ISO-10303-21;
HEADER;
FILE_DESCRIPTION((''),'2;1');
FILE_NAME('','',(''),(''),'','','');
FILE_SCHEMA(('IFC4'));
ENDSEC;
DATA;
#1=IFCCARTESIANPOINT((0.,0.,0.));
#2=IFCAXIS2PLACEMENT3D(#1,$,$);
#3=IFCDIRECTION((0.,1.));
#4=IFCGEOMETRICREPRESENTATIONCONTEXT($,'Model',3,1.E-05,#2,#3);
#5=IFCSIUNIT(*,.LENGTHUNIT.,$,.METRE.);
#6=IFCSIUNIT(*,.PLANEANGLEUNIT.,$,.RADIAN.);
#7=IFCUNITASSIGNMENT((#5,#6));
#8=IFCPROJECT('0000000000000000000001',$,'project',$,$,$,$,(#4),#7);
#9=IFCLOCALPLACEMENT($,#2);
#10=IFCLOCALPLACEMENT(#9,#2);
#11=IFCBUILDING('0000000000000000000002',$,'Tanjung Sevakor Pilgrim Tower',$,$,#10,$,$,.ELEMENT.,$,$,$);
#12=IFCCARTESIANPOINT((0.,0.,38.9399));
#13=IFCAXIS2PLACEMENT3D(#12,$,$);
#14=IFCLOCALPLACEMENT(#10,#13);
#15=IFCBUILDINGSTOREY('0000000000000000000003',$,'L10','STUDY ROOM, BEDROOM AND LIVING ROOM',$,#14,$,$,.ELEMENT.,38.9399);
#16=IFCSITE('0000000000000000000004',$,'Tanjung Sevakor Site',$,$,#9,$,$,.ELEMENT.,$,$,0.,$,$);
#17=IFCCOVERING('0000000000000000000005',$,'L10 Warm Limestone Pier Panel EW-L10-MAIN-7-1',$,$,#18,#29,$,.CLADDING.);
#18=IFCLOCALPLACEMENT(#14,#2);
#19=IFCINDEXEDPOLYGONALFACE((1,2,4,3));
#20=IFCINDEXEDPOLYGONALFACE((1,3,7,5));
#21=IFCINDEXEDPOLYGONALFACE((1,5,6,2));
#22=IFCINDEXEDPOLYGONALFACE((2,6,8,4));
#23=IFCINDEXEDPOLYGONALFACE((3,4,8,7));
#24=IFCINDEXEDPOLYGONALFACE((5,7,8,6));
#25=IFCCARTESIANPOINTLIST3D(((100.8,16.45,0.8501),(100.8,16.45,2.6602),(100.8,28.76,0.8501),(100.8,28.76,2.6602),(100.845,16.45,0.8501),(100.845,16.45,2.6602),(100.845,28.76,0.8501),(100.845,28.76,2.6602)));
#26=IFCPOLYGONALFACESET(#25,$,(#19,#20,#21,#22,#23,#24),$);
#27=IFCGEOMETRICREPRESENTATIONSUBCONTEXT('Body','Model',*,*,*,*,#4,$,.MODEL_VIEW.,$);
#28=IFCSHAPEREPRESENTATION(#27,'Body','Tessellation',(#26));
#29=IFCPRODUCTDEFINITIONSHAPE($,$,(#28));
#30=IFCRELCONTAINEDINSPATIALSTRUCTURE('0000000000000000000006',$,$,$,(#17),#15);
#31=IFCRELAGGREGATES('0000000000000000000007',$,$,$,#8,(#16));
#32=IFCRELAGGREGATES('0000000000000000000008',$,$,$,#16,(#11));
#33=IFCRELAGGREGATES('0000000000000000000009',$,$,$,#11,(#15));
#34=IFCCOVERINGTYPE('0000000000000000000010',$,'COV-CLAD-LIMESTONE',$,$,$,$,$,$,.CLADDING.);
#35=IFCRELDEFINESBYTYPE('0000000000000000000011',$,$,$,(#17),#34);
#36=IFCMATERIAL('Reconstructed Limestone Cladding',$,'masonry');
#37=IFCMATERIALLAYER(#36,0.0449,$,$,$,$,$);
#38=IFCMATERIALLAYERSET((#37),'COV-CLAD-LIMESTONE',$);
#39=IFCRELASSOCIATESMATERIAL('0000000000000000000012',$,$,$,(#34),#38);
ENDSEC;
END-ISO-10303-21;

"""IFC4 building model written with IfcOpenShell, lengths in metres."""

from ifc_helpers import new_model, si_unit, direction, frame, origin, origin_2d, place, context, subcontext, project, spatial, rectangle, extrude, material, layer, layer_set, type_object, element, save


model = new_model("IFC4")

# Units and contexts
model_context = context("Model", 3, precision=1e-05, world=origin(), true_north=direction((0.0, 1.0)))
body_context = subcontext(model_context, "Body", "Model", "MODEL_VIEW")
ifc_project = project(units=[si_unit("LENGTHUNIT", "METRE"), si_unit("PLANEANGLEUNIT", "RADIAN")], contexts=[model_context])

# Site, building, storey
site_placement = place(None, origin())
site = spatial("IfcSite", under=ifc_project, at=site_placement, Name="Tanjung Sevakor Site", CompositionType="ELEMENT", RefElevation=0.0)
building_placement = place(site_placement, origin())
building = spatial("IfcBuilding", under=site, at=building_placement, Name="Tanjung Sevakor Pilgrim Tower", CompositionType="ELEMENT")
storey_placement = place(building_placement, frame((0.0, 0.0, 38.9399)))
storey = spatial("IfcBuildingStorey", under=building, at=storey_placement, Name="L10", Description="STUDY ROOM, BEDROOM AND LIVING ROOM", CompositionType="ELEMENT", Elevation=38.9399)

# Covering
ifc_material_1 = material(Name="Reconstructed Limestone Cladding", Category="masonry")
ifc_layer_1 = layer(ifc_material_1, 0.0449)
ifc_layer_set_1 = layer_set([ifc_layer_1], Name="COV-CLAD-LIMESTONE")
covering_type = type_object("IfcCoveringType", Name="COV-CLAD-LIMESTONE", PredefinedType="CLADDING", material=ifc_layer_set_1)
covering_placement = place(storey_placement, frame((100.8225, 22.605, 0.8501), z_axis=(0.0, 0.0, 1.0), x_axis=(0.0, 1.0, 0.0)))
element("IfcCovering", 1, at=covering_placement, inside=storey, type_object=covering_type, Name="L10 Warm Limestone Pier Panel EW-L10-MAIN-7-1", PredefinedType="CLADDING", context=body_context, shape_type="SweptSolid", body=[
    extrude(rectangle(XDim=12.3101, YDim=0.0449, at=origin_2d()), origin(), (0.0, 0.0, 1.0), 1.8101),
])

save(model, "model.ifc")
